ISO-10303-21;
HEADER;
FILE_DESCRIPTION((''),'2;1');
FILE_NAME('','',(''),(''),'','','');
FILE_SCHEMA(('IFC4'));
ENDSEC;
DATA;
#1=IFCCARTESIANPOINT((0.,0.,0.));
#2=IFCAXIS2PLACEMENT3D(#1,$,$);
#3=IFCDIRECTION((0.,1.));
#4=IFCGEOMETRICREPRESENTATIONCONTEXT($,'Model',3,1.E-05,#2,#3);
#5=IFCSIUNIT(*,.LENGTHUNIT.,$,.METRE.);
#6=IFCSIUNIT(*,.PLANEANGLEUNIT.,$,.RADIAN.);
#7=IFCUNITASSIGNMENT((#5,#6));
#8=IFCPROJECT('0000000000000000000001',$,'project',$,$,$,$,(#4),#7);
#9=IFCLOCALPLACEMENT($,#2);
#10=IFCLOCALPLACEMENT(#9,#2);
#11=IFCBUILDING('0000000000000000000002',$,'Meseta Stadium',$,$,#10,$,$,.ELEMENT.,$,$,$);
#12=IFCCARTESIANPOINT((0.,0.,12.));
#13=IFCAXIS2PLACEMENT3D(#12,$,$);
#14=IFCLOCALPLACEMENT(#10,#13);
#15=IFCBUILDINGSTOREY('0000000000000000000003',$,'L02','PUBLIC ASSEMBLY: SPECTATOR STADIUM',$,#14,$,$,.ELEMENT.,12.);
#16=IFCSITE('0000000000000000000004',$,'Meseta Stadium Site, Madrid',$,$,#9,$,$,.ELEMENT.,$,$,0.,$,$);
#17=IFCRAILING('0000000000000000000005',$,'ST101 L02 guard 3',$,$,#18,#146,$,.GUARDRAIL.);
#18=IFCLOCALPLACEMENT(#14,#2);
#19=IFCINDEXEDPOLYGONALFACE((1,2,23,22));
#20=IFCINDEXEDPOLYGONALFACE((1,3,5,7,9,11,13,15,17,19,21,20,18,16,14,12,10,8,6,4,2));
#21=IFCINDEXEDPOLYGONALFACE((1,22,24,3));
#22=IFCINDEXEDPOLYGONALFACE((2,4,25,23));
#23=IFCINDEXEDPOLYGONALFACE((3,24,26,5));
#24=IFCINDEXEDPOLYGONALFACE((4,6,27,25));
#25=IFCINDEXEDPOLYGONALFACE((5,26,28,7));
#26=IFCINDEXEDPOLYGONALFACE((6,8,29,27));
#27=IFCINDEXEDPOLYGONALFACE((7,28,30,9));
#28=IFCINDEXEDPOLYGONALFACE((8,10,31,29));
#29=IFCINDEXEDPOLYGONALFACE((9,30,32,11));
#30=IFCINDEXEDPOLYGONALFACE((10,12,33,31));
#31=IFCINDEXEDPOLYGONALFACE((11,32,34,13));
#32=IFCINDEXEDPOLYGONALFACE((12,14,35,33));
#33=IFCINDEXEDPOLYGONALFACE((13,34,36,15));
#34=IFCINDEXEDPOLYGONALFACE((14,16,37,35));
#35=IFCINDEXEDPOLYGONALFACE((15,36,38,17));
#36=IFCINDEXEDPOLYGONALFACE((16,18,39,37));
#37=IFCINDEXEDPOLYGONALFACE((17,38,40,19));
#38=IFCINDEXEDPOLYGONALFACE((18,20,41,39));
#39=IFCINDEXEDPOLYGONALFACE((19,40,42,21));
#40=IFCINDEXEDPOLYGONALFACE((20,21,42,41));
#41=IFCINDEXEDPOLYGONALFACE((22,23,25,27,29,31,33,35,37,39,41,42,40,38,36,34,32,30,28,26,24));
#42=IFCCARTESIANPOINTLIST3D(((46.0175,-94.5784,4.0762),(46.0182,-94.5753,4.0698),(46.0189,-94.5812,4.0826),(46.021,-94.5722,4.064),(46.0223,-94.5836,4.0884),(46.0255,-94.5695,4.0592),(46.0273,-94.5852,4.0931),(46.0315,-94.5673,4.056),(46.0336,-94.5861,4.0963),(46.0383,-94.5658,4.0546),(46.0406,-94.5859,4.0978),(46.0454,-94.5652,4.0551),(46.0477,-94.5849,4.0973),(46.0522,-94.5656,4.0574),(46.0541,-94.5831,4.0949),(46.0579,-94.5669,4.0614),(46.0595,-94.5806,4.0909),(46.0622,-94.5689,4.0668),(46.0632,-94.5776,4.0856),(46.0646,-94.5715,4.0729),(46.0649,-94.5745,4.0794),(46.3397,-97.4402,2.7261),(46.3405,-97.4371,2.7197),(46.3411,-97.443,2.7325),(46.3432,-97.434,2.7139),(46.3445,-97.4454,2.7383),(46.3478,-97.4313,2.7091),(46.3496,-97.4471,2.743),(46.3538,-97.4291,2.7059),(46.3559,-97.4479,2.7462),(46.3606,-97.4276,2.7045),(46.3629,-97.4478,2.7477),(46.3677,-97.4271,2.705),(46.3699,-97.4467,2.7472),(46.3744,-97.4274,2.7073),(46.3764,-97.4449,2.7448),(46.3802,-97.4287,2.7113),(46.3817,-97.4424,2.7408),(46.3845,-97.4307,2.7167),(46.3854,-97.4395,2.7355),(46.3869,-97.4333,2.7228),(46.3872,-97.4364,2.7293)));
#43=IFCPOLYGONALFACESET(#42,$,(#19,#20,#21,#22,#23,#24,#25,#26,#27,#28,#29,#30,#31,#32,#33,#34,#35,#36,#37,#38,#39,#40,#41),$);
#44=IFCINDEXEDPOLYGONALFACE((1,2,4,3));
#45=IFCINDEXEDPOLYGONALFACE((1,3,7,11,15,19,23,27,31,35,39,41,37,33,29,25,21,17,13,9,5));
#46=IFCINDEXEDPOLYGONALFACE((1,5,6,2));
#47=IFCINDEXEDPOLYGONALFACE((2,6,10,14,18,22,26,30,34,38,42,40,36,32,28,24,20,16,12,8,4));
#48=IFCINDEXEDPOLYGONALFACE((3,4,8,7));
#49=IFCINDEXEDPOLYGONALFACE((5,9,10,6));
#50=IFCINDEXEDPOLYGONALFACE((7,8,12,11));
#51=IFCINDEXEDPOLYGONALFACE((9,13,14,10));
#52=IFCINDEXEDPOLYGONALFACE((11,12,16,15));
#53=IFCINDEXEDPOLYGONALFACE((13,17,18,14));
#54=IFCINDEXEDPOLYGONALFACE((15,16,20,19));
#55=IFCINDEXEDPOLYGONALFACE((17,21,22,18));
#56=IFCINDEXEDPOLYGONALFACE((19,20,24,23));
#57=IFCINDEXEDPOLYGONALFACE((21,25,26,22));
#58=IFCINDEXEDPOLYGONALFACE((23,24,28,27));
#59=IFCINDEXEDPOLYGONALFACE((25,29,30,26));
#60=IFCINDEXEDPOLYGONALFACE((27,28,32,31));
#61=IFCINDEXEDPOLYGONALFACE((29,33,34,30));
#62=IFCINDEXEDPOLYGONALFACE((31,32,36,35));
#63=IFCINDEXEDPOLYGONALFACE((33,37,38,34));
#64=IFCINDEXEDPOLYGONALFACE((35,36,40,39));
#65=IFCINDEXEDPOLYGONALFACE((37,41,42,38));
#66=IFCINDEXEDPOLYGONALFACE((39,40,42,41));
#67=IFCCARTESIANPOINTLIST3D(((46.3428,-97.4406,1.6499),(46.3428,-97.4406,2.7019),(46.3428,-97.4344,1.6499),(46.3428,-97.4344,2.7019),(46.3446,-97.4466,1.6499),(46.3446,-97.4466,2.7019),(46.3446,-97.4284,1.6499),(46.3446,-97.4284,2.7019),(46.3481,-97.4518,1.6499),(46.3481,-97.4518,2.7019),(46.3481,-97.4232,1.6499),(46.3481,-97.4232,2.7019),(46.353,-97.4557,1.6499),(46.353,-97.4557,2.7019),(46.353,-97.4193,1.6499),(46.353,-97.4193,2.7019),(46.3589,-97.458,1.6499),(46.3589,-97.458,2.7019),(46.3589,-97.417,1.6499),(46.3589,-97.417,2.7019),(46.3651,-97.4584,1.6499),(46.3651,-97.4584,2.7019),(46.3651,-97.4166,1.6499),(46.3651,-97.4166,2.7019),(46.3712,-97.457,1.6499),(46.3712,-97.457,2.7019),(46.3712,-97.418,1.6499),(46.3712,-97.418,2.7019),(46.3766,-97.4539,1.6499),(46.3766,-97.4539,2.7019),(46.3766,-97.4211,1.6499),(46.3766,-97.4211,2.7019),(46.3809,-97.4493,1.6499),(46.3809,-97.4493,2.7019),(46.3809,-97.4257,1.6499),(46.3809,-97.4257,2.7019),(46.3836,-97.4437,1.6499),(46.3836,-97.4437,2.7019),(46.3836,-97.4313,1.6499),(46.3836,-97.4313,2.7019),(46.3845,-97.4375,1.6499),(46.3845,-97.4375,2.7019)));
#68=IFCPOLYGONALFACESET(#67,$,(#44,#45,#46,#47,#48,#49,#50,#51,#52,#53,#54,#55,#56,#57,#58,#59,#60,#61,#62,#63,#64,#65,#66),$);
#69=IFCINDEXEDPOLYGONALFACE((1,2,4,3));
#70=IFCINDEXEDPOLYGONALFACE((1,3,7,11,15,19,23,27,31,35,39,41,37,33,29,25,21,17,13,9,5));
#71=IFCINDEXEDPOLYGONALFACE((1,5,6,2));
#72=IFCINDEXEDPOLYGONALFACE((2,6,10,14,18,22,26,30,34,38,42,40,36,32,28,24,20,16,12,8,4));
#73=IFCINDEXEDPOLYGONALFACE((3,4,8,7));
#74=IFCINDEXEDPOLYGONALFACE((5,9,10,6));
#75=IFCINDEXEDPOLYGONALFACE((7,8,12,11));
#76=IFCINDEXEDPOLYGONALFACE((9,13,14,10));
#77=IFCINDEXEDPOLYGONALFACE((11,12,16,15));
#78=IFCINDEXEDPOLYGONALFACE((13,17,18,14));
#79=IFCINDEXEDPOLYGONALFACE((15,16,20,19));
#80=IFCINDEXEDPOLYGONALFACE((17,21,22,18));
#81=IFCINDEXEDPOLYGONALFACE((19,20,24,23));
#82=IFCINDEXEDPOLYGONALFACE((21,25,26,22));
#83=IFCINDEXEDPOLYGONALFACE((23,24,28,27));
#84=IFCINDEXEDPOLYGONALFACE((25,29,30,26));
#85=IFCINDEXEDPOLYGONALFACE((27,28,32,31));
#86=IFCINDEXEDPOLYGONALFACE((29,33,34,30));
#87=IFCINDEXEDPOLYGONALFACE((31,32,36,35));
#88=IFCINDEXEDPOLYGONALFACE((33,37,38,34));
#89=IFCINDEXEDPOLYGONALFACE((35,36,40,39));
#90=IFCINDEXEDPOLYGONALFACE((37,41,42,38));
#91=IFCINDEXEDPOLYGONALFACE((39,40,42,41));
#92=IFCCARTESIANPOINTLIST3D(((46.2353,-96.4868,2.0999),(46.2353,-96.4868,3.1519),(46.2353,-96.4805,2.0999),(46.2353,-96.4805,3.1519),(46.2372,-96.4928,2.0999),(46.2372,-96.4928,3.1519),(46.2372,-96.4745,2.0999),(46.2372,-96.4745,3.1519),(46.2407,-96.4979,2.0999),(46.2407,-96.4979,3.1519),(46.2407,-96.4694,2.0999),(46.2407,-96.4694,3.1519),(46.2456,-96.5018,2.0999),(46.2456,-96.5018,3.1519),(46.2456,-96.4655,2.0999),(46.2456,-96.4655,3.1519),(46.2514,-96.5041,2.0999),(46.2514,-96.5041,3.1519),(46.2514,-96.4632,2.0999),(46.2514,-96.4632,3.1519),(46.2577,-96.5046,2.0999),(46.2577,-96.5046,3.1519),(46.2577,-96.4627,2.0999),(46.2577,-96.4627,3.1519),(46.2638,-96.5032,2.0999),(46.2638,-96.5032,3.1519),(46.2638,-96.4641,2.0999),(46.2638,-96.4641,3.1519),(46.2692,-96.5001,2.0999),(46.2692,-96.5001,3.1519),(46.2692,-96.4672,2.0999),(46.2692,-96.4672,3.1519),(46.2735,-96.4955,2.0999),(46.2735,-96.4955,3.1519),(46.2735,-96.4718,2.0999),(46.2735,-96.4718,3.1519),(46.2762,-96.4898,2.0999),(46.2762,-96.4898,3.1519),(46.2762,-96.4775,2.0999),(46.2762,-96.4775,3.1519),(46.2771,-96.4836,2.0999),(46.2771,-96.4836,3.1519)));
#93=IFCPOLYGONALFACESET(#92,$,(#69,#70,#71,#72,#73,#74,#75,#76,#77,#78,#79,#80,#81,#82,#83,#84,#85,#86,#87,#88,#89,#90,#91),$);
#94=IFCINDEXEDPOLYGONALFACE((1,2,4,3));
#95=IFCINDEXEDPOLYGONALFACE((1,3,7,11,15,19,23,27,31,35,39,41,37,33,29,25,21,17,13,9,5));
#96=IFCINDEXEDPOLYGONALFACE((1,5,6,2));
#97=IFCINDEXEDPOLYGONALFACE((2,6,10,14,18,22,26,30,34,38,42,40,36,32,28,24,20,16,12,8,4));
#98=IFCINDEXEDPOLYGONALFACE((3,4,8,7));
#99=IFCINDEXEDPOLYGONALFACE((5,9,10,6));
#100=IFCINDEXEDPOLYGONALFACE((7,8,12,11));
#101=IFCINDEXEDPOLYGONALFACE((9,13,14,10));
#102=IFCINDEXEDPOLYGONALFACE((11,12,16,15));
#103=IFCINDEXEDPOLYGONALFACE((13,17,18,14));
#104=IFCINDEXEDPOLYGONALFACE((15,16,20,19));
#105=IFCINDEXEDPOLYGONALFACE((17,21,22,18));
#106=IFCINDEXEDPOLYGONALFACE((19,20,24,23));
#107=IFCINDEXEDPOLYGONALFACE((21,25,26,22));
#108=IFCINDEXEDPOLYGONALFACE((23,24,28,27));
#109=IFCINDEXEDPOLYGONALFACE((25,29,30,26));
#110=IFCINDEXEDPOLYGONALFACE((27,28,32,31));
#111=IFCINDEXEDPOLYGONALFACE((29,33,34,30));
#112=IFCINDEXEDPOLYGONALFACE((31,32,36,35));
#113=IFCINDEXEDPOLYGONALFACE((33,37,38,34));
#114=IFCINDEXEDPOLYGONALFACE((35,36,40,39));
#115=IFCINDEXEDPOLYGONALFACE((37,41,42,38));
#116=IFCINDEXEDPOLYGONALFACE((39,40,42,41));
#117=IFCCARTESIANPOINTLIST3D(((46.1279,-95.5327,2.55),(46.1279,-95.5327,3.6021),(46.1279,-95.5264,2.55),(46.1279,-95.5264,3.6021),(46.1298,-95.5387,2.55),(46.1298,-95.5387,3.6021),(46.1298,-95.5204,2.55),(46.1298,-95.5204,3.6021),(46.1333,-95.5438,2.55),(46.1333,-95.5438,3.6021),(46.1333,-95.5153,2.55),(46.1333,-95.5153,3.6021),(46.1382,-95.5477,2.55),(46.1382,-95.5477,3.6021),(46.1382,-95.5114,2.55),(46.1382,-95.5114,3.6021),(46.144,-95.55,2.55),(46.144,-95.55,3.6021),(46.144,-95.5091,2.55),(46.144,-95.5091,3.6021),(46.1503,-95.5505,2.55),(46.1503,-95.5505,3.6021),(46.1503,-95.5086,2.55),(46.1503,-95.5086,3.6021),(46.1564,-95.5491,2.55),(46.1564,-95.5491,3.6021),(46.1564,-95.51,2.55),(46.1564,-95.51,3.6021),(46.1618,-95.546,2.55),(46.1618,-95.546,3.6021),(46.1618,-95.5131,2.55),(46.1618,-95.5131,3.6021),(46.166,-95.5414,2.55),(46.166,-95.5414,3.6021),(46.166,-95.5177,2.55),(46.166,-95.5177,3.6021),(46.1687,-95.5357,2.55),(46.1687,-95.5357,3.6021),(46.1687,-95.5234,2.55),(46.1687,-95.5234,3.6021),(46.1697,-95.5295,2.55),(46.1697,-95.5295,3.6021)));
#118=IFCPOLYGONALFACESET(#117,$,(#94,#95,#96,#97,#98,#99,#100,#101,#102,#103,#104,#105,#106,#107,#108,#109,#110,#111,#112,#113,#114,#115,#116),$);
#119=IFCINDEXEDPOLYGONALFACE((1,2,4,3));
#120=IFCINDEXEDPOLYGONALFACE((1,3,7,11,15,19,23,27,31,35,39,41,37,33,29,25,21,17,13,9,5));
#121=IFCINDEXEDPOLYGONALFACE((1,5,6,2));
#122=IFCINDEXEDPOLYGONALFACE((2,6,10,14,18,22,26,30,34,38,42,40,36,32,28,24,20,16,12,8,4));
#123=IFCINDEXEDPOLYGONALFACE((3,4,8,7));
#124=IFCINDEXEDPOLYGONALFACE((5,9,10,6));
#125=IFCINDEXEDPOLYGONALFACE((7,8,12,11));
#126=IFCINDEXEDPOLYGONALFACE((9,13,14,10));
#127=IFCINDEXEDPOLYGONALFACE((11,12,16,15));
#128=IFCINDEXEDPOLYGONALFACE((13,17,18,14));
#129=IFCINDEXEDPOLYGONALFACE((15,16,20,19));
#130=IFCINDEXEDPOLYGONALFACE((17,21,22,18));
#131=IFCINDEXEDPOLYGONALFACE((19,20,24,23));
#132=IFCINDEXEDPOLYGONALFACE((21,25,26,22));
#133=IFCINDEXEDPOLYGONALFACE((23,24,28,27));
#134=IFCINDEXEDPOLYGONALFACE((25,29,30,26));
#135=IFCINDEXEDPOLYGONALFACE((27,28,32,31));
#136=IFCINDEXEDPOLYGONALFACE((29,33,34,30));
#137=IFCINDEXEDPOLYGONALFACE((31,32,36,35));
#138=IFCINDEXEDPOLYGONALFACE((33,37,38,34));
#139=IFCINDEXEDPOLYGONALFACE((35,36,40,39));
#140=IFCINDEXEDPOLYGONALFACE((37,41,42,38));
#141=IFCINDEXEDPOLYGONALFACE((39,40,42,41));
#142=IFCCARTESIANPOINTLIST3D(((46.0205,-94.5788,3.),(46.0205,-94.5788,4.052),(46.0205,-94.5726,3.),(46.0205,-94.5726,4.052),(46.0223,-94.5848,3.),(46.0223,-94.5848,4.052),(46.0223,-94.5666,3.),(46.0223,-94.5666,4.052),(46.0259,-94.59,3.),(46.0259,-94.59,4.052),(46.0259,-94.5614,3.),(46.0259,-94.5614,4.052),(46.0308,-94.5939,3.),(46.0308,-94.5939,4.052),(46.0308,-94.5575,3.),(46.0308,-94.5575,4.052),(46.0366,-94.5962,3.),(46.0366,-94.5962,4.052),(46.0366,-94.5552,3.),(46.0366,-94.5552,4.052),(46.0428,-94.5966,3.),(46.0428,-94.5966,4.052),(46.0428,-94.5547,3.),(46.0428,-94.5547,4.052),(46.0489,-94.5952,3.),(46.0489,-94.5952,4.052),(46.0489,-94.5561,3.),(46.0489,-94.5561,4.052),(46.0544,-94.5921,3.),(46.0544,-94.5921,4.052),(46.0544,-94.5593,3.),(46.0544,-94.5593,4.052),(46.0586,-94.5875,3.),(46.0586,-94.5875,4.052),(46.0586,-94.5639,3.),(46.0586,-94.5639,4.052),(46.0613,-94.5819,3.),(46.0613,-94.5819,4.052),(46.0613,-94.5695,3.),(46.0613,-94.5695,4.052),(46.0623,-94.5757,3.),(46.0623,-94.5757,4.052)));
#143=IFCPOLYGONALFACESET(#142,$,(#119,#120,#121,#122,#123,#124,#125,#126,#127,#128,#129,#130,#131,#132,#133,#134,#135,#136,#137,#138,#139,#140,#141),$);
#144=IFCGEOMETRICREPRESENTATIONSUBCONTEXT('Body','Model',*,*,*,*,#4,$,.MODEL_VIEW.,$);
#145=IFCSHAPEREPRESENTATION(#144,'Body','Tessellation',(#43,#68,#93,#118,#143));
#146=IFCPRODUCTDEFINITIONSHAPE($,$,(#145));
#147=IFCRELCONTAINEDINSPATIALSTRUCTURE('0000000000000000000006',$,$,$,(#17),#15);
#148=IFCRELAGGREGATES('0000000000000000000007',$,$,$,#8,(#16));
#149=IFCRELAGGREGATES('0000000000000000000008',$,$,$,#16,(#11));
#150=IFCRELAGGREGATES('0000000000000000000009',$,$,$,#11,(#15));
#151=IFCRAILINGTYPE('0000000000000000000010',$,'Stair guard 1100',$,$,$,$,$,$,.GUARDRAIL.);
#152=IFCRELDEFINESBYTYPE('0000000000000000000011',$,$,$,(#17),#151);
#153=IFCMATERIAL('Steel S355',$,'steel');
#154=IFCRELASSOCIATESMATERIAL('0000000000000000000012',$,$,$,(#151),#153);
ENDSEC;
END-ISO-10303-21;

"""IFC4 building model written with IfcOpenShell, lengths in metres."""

from ifc_helpers import new_model, si_unit, direction, frame, origin, origin_2d, place, context, subcontext, project, spatial, circle, extrude, material, type_object, element, save


model = new_model("IFC4")

# Units and contexts
model_context = context("Model", 3, precision=1e-05, world=origin(), true_north=direction((0.0, 1.0)))
body_context = subcontext(model_context, "Body", "Model", "MODEL_VIEW")
ifc_project = project(units=[si_unit("LENGTHUNIT", "METRE"), si_unit("PLANEANGLEUNIT", "RADIAN")], contexts=[model_context])

# Site, building, storey
site_placement = place(None, origin())
site = spatial("IfcSite", under=ifc_project, at=site_placement, Name="Meseta Stadium Site, Madrid", CompositionType="ELEMENT", RefElevation=0.0)
building_placement = place(site_placement, origin())
building = spatial("IfcBuilding", under=site, at=building_placement, Name="Meseta Stadium", CompositionType="ELEMENT")
storey_placement = place(building_placement, frame((0.0, 0.0, 12.0)))
storey = spatial("IfcBuildingStorey", under=building, at=storey_placement, Name="L02", Description="PUBLIC ASSEMBLY: SPECTATOR STADIUM", CompositionType="ELEMENT", Elevation=12.0)

# Railing
ifc_material_1 = material(Name="Steel S355", Category="steel")
railing_type_1 = type_object("IfcRailingType", Name="Stair guard 1100", PredefinedType="GUARDRAIL", material=ifc_material_1)
railing_1_placement = place(storey_placement, frame((46.3635, -97.4375, 1.6499)))
element("IfcRailing", 1, at=railing_1_placement, inside=storey, type_object=railing_type_1, Name="ST101 L02 guard 3", PredefinedType="GUARDRAIL", context=body_context, shape_type="SweptSolid", body=[
    extrude(circle(Radius=0.0239, at=origin_2d()), frame((0.0, 0.0, 1.0762), z_axis=(-0.10132, 0.899755, 0.424471), x_axis=(-0.993719, -0.111902, 0.0)), (0.0, 0.0, 1.0), 3.1807),
    extrude(circle(Radius=0.021, at=origin_2d()), origin(), (0.0, 0.0, 1.0), 1.052),
    extrude(circle(Radius=0.021, at=origin_2d()), frame((-0.1074, 0.9539, 0.45)), (0.0, 0.0, 1.0), 1.052),
    extrude(circle(Radius=0.021, at=origin_2d()), frame((-0.2148, 1.908, 0.9001)), (0.0, 0.0, 1.0), 1.052),
    extrude(circle(Radius=0.021, at=origin_2d()), frame((-0.3223, 2.8618, 1.3501)), (0.0, 0.0, 1.0), 1.052),
])

save(model, "model.ifc")
